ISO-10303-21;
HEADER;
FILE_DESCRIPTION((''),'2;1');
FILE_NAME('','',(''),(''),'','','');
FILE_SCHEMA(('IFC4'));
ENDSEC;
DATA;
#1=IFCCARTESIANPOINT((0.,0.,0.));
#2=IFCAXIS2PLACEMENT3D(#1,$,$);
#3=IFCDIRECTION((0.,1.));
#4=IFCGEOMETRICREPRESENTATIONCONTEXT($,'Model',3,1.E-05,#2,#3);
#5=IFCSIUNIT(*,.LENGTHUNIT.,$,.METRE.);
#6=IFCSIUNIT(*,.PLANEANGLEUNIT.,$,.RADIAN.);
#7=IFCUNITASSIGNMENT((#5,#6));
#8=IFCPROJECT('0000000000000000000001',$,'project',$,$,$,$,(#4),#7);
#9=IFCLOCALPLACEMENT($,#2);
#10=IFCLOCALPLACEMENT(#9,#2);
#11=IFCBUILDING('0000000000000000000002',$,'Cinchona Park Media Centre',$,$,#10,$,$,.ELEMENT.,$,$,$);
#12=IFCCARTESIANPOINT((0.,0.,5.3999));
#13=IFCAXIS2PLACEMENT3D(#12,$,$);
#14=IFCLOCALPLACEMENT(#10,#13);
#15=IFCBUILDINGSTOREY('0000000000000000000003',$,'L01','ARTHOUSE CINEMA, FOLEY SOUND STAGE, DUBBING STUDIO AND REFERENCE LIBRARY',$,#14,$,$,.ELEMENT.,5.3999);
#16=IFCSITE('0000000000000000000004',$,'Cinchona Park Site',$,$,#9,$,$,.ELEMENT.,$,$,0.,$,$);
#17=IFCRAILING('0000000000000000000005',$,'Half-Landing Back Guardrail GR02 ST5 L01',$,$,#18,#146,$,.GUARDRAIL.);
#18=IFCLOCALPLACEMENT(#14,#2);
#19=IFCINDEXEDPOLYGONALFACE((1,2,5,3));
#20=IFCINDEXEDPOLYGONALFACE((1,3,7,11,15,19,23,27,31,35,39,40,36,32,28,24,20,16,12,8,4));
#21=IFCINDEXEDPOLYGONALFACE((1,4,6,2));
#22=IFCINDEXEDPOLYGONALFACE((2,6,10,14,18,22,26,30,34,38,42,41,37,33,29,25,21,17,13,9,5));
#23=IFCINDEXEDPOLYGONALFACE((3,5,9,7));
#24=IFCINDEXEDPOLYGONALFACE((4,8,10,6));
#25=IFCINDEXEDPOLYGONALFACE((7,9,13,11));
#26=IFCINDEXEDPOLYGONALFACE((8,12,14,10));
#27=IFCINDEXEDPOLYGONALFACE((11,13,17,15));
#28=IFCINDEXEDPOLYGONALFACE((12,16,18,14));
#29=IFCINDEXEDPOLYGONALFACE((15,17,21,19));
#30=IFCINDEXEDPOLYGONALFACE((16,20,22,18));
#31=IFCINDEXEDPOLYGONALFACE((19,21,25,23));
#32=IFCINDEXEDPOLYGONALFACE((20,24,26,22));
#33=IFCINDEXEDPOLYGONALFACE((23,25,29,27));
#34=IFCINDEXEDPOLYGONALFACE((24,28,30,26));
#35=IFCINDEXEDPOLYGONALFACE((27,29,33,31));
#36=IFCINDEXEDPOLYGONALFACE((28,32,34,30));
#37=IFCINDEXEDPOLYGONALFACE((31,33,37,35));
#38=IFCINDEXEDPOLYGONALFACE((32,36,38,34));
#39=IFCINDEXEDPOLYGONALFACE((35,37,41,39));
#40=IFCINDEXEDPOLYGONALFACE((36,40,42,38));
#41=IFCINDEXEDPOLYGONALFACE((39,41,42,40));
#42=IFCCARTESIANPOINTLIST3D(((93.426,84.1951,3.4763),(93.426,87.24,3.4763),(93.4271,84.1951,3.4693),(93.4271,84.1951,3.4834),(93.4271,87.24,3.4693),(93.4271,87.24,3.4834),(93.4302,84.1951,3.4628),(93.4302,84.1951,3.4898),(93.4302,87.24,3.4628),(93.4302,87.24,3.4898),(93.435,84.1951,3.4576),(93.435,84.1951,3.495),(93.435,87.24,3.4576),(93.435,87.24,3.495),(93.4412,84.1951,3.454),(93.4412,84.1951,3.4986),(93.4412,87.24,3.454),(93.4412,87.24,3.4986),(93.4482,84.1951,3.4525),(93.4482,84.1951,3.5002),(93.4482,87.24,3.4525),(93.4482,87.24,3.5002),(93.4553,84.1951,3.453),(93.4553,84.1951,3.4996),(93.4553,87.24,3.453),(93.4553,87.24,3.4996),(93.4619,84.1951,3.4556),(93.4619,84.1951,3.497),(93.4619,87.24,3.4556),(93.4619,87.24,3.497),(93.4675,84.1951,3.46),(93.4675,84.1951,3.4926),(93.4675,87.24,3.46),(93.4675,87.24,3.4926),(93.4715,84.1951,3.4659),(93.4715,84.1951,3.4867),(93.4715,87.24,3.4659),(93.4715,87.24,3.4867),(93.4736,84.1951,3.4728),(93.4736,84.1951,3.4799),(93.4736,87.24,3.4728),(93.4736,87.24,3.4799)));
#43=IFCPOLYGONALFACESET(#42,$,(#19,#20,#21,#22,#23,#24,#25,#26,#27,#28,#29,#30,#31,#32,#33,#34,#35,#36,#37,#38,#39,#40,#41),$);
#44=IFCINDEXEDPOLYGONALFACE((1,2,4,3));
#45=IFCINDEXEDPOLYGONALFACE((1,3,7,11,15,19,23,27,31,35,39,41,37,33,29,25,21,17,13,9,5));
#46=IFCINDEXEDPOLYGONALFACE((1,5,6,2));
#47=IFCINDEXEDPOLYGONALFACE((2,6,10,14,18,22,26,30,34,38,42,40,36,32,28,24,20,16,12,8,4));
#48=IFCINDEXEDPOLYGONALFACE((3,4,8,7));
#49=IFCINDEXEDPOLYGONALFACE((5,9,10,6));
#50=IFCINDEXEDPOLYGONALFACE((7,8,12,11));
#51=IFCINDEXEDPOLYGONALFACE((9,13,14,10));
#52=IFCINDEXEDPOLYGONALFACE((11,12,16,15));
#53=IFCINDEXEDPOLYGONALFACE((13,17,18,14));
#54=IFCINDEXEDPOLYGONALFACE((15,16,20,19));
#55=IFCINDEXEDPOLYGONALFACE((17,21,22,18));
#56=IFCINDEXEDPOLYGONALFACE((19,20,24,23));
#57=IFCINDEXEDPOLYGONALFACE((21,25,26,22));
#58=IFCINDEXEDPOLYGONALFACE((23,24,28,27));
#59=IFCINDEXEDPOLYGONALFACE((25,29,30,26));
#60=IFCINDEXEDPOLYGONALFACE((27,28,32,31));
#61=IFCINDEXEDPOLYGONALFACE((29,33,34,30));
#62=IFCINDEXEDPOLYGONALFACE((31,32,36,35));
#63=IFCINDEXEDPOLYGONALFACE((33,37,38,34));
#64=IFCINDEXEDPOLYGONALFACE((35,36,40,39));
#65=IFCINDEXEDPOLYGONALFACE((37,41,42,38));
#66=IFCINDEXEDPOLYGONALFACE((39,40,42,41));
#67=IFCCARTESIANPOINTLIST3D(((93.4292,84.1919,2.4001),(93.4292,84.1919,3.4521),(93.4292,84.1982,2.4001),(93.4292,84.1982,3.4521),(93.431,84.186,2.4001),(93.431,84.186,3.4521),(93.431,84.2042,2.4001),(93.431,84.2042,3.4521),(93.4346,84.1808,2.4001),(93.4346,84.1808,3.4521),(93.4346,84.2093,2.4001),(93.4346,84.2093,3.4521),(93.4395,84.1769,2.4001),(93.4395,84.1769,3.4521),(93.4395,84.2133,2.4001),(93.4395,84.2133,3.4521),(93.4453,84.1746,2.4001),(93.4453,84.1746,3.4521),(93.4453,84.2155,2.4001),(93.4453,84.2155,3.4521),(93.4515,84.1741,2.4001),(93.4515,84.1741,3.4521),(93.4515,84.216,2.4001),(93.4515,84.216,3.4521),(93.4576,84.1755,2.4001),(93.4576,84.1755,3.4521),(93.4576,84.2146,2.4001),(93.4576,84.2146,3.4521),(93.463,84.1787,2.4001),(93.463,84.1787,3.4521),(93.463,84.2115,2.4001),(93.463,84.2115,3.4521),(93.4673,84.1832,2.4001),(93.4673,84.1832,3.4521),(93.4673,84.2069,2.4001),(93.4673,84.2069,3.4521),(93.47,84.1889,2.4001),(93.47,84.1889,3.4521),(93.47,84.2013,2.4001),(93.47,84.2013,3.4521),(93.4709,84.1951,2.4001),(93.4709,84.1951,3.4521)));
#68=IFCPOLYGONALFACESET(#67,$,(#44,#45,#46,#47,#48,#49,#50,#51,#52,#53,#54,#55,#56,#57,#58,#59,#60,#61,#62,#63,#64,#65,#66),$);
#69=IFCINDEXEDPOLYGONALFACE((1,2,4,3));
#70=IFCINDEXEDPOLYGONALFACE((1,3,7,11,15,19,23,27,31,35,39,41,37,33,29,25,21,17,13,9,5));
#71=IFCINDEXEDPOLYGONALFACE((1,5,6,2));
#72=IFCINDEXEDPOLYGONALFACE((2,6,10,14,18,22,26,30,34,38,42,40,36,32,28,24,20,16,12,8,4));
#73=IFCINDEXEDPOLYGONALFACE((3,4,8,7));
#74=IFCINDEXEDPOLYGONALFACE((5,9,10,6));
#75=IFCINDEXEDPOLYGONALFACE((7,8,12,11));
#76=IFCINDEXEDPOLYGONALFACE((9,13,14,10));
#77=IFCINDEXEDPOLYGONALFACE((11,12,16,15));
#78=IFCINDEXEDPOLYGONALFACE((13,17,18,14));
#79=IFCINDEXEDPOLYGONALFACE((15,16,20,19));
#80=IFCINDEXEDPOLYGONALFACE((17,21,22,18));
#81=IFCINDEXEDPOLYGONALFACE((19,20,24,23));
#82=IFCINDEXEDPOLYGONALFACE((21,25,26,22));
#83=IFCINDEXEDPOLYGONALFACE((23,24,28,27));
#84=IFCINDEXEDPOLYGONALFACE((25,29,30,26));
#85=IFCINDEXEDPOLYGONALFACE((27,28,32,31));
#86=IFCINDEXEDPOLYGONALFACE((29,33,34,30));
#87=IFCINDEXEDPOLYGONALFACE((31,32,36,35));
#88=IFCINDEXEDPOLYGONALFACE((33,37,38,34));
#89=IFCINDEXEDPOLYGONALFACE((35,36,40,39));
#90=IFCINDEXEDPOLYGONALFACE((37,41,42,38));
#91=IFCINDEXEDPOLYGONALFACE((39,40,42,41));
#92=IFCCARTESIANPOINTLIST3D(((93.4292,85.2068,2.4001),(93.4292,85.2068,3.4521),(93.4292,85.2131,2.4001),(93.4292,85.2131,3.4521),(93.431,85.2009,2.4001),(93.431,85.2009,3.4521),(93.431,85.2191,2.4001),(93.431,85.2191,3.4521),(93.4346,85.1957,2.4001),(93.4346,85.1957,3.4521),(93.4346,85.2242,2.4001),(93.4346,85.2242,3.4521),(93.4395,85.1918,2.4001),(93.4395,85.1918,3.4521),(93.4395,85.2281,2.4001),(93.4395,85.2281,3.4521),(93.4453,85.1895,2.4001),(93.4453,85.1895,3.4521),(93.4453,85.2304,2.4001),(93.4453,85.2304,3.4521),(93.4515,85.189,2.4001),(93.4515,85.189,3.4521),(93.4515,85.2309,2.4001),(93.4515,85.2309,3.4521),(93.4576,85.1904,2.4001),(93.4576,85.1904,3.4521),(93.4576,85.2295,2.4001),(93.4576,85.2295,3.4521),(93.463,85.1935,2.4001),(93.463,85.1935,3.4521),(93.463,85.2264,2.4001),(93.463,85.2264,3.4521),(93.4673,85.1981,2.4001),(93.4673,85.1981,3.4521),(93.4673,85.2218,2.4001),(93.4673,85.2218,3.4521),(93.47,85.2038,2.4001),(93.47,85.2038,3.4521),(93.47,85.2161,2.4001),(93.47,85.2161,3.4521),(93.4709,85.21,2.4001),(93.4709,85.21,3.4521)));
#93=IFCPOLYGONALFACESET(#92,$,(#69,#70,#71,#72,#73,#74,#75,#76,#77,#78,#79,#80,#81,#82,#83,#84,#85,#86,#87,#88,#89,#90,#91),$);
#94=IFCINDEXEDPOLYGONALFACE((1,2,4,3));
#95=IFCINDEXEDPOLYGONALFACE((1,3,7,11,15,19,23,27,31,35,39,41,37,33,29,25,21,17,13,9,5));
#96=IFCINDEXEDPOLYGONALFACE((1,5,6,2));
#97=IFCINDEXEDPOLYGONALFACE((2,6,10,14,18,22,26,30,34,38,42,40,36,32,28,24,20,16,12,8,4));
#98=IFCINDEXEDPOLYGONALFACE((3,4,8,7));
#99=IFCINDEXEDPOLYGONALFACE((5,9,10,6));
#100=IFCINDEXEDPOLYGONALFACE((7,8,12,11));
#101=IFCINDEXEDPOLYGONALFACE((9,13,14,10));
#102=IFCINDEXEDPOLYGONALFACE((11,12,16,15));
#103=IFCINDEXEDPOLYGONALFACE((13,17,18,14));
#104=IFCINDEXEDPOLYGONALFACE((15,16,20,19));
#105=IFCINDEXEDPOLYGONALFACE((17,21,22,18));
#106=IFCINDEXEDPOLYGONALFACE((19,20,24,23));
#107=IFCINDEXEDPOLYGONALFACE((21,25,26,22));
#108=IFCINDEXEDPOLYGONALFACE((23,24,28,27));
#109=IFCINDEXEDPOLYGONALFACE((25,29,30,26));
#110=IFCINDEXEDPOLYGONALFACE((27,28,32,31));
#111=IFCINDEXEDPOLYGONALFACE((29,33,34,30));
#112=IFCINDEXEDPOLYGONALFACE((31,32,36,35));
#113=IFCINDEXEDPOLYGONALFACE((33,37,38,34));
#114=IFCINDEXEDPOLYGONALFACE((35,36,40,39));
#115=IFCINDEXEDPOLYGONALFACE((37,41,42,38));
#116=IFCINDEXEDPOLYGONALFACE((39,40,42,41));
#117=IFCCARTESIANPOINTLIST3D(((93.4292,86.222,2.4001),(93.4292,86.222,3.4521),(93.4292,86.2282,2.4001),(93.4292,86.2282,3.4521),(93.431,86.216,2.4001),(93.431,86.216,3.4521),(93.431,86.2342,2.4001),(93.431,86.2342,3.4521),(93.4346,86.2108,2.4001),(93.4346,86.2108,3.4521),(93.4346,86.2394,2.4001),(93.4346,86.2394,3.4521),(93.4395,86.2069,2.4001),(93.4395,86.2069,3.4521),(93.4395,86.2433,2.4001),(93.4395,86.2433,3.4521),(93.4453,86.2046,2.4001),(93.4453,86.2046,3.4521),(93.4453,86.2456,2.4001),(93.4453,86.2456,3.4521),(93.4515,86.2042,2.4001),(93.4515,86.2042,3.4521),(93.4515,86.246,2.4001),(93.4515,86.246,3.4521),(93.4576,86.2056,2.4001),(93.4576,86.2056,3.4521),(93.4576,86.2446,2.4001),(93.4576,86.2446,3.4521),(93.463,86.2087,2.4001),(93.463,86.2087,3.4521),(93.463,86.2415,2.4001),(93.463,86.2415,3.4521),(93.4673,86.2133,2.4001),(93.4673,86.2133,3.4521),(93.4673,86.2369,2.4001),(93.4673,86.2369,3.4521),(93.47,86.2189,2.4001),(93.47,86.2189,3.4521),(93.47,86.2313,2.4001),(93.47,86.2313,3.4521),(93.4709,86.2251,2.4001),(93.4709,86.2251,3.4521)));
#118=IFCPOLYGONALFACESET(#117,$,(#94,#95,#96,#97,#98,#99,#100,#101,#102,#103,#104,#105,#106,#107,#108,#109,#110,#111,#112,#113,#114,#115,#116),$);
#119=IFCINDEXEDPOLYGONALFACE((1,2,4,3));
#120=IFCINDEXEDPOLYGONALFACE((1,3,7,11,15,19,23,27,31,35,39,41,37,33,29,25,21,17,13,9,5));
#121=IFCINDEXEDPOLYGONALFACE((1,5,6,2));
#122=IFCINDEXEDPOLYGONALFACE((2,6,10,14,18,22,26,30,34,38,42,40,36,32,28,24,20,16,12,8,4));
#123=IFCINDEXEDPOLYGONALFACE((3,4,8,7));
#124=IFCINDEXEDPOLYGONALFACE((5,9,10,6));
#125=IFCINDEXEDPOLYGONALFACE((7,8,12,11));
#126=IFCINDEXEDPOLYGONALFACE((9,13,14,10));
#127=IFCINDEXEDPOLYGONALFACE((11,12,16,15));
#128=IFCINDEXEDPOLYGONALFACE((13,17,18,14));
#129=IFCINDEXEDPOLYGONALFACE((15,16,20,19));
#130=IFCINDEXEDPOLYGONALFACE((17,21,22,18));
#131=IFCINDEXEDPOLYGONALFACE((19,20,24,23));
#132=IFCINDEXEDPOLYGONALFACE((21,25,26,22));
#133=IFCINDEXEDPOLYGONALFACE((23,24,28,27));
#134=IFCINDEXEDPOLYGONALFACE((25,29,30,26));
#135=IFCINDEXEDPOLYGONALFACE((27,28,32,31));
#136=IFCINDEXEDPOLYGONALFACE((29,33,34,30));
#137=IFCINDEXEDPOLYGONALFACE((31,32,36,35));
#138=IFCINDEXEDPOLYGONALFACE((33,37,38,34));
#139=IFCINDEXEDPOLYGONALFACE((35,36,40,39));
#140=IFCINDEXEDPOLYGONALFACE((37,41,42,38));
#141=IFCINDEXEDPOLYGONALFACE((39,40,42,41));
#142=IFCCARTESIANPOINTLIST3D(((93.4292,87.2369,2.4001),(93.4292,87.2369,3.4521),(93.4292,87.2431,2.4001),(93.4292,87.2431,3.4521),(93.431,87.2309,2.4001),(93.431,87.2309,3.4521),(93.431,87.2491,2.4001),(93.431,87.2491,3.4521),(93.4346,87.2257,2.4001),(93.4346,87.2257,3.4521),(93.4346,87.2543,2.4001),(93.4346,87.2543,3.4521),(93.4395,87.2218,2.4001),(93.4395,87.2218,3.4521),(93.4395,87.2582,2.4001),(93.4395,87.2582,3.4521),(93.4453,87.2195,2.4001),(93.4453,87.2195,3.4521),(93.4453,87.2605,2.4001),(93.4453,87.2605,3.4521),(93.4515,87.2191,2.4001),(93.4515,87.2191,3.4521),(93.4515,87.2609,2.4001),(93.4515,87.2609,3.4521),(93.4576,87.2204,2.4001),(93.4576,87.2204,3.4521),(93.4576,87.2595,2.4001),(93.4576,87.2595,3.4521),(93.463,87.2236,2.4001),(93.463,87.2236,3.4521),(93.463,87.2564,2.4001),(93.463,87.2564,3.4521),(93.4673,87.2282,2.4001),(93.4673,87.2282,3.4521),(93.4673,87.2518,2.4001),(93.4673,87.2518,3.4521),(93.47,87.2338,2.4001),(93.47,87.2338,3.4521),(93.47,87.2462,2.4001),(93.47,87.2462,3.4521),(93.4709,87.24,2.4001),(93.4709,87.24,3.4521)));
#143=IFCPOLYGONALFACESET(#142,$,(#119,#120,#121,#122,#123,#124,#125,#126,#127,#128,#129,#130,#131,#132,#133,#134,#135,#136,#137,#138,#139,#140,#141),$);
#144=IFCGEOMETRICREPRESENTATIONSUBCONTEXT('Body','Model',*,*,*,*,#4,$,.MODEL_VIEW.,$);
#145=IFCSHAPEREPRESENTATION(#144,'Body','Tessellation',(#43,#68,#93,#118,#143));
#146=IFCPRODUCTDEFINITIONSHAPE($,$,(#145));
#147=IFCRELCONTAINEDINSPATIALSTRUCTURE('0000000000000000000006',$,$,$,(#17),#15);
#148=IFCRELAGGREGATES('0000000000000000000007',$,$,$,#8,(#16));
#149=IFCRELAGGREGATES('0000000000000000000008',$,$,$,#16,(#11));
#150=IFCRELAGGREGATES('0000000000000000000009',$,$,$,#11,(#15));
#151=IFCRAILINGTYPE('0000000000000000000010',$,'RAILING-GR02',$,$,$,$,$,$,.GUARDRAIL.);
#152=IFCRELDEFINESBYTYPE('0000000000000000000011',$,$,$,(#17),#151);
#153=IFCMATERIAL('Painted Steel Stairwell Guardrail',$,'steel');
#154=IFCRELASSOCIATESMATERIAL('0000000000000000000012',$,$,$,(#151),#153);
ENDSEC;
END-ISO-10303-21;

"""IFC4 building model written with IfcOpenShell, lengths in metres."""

from ifc_helpers import new_model, si_unit, direction, frame, origin, origin_2d, place, context, subcontext, project, spatial, circle, extrude, material, type_object, element, save


model = new_model("IFC4")

# Units and contexts
model_context = context("Model", 3, precision=1e-05, world=origin(), true_north=direction((0.0, 1.0)))
body_context = subcontext(model_context, "Body", "Model", "MODEL_VIEW")
ifc_project = project(units=[si_unit("LENGTHUNIT", "METRE"), si_unit("PLANEANGLEUNIT", "RADIAN")], contexts=[model_context])

# Site, building, storey
site_placement = place(None, origin())
site = spatial("IfcSite", under=ifc_project, at=site_placement, Name="Cinchona Park Site", CompositionType="ELEMENT", RefElevation=0.0)
building_placement = place(site_placement, origin())
building = spatial("IfcBuilding", under=site, at=building_placement, Name="Cinchona Park Media Centre", CompositionType="ELEMENT")
storey_placement = place(building_placement, frame((0.0, 0.0, 5.3999)))
storey = spatial("IfcBuildingStorey", under=building, at=storey_placement, Name="L01", Description="ARTHOUSE CINEMA, FOLEY SOUND STAGE, DUBBING STUDIO AND REFERENCE LIBRARY", CompositionType="ELEMENT", Elevation=5.3999)

# Railing
ifc_material_1 = material(Name="Painted Steel Stairwell Guardrail", Category="steel")
railing_type = type_object("IfcRailingType", Name="RAILING-GR02", PredefinedType="GUARDRAIL", material=ifc_material_1)
railing_1_placement = place(storey_placement, frame((93.45, 84.1951, 2.4001)))
element("IfcRailing", 1, at=railing_1_placement, inside=storey, type_object=railing_type, Name="Half-Landing Back Guardrail GR02 ST5 L01", PredefinedType="GUARDRAIL", context=body_context, shape_type="SweptSolid", body=[
    extrude(circle(Radius=0.0239, at=origin_2d()), frame((0.0, 0.0, 1.0762), z_axis=(0.0, 1.0, 0.0), x_axis=(-1.0, 0.0, 0.0)), (0.0, 0.0, 1.0), 3.0449),
    extrude(circle(Radius=0.021, at=origin_2d()), origin(), (0.0, 0.0, 1.0), 1.052),
    extrude(circle(Radius=0.021, at=origin_2d()), frame((0.0, 1.0149, 0.0)), (0.0, 0.0, 1.0), 1.052),
    extrude(circle(Radius=0.021, at=origin_2d()), frame((0.0, 2.03, 0.0)), (0.0, 0.0, 1.0), 1.052),
    extrude(circle(Radius=0.021, at=origin_2d()), frame((0.0, 3.0449, 0.0)), (0.0, 0.0, 1.0), 1.052),
])

save(model, "model.ifc")
